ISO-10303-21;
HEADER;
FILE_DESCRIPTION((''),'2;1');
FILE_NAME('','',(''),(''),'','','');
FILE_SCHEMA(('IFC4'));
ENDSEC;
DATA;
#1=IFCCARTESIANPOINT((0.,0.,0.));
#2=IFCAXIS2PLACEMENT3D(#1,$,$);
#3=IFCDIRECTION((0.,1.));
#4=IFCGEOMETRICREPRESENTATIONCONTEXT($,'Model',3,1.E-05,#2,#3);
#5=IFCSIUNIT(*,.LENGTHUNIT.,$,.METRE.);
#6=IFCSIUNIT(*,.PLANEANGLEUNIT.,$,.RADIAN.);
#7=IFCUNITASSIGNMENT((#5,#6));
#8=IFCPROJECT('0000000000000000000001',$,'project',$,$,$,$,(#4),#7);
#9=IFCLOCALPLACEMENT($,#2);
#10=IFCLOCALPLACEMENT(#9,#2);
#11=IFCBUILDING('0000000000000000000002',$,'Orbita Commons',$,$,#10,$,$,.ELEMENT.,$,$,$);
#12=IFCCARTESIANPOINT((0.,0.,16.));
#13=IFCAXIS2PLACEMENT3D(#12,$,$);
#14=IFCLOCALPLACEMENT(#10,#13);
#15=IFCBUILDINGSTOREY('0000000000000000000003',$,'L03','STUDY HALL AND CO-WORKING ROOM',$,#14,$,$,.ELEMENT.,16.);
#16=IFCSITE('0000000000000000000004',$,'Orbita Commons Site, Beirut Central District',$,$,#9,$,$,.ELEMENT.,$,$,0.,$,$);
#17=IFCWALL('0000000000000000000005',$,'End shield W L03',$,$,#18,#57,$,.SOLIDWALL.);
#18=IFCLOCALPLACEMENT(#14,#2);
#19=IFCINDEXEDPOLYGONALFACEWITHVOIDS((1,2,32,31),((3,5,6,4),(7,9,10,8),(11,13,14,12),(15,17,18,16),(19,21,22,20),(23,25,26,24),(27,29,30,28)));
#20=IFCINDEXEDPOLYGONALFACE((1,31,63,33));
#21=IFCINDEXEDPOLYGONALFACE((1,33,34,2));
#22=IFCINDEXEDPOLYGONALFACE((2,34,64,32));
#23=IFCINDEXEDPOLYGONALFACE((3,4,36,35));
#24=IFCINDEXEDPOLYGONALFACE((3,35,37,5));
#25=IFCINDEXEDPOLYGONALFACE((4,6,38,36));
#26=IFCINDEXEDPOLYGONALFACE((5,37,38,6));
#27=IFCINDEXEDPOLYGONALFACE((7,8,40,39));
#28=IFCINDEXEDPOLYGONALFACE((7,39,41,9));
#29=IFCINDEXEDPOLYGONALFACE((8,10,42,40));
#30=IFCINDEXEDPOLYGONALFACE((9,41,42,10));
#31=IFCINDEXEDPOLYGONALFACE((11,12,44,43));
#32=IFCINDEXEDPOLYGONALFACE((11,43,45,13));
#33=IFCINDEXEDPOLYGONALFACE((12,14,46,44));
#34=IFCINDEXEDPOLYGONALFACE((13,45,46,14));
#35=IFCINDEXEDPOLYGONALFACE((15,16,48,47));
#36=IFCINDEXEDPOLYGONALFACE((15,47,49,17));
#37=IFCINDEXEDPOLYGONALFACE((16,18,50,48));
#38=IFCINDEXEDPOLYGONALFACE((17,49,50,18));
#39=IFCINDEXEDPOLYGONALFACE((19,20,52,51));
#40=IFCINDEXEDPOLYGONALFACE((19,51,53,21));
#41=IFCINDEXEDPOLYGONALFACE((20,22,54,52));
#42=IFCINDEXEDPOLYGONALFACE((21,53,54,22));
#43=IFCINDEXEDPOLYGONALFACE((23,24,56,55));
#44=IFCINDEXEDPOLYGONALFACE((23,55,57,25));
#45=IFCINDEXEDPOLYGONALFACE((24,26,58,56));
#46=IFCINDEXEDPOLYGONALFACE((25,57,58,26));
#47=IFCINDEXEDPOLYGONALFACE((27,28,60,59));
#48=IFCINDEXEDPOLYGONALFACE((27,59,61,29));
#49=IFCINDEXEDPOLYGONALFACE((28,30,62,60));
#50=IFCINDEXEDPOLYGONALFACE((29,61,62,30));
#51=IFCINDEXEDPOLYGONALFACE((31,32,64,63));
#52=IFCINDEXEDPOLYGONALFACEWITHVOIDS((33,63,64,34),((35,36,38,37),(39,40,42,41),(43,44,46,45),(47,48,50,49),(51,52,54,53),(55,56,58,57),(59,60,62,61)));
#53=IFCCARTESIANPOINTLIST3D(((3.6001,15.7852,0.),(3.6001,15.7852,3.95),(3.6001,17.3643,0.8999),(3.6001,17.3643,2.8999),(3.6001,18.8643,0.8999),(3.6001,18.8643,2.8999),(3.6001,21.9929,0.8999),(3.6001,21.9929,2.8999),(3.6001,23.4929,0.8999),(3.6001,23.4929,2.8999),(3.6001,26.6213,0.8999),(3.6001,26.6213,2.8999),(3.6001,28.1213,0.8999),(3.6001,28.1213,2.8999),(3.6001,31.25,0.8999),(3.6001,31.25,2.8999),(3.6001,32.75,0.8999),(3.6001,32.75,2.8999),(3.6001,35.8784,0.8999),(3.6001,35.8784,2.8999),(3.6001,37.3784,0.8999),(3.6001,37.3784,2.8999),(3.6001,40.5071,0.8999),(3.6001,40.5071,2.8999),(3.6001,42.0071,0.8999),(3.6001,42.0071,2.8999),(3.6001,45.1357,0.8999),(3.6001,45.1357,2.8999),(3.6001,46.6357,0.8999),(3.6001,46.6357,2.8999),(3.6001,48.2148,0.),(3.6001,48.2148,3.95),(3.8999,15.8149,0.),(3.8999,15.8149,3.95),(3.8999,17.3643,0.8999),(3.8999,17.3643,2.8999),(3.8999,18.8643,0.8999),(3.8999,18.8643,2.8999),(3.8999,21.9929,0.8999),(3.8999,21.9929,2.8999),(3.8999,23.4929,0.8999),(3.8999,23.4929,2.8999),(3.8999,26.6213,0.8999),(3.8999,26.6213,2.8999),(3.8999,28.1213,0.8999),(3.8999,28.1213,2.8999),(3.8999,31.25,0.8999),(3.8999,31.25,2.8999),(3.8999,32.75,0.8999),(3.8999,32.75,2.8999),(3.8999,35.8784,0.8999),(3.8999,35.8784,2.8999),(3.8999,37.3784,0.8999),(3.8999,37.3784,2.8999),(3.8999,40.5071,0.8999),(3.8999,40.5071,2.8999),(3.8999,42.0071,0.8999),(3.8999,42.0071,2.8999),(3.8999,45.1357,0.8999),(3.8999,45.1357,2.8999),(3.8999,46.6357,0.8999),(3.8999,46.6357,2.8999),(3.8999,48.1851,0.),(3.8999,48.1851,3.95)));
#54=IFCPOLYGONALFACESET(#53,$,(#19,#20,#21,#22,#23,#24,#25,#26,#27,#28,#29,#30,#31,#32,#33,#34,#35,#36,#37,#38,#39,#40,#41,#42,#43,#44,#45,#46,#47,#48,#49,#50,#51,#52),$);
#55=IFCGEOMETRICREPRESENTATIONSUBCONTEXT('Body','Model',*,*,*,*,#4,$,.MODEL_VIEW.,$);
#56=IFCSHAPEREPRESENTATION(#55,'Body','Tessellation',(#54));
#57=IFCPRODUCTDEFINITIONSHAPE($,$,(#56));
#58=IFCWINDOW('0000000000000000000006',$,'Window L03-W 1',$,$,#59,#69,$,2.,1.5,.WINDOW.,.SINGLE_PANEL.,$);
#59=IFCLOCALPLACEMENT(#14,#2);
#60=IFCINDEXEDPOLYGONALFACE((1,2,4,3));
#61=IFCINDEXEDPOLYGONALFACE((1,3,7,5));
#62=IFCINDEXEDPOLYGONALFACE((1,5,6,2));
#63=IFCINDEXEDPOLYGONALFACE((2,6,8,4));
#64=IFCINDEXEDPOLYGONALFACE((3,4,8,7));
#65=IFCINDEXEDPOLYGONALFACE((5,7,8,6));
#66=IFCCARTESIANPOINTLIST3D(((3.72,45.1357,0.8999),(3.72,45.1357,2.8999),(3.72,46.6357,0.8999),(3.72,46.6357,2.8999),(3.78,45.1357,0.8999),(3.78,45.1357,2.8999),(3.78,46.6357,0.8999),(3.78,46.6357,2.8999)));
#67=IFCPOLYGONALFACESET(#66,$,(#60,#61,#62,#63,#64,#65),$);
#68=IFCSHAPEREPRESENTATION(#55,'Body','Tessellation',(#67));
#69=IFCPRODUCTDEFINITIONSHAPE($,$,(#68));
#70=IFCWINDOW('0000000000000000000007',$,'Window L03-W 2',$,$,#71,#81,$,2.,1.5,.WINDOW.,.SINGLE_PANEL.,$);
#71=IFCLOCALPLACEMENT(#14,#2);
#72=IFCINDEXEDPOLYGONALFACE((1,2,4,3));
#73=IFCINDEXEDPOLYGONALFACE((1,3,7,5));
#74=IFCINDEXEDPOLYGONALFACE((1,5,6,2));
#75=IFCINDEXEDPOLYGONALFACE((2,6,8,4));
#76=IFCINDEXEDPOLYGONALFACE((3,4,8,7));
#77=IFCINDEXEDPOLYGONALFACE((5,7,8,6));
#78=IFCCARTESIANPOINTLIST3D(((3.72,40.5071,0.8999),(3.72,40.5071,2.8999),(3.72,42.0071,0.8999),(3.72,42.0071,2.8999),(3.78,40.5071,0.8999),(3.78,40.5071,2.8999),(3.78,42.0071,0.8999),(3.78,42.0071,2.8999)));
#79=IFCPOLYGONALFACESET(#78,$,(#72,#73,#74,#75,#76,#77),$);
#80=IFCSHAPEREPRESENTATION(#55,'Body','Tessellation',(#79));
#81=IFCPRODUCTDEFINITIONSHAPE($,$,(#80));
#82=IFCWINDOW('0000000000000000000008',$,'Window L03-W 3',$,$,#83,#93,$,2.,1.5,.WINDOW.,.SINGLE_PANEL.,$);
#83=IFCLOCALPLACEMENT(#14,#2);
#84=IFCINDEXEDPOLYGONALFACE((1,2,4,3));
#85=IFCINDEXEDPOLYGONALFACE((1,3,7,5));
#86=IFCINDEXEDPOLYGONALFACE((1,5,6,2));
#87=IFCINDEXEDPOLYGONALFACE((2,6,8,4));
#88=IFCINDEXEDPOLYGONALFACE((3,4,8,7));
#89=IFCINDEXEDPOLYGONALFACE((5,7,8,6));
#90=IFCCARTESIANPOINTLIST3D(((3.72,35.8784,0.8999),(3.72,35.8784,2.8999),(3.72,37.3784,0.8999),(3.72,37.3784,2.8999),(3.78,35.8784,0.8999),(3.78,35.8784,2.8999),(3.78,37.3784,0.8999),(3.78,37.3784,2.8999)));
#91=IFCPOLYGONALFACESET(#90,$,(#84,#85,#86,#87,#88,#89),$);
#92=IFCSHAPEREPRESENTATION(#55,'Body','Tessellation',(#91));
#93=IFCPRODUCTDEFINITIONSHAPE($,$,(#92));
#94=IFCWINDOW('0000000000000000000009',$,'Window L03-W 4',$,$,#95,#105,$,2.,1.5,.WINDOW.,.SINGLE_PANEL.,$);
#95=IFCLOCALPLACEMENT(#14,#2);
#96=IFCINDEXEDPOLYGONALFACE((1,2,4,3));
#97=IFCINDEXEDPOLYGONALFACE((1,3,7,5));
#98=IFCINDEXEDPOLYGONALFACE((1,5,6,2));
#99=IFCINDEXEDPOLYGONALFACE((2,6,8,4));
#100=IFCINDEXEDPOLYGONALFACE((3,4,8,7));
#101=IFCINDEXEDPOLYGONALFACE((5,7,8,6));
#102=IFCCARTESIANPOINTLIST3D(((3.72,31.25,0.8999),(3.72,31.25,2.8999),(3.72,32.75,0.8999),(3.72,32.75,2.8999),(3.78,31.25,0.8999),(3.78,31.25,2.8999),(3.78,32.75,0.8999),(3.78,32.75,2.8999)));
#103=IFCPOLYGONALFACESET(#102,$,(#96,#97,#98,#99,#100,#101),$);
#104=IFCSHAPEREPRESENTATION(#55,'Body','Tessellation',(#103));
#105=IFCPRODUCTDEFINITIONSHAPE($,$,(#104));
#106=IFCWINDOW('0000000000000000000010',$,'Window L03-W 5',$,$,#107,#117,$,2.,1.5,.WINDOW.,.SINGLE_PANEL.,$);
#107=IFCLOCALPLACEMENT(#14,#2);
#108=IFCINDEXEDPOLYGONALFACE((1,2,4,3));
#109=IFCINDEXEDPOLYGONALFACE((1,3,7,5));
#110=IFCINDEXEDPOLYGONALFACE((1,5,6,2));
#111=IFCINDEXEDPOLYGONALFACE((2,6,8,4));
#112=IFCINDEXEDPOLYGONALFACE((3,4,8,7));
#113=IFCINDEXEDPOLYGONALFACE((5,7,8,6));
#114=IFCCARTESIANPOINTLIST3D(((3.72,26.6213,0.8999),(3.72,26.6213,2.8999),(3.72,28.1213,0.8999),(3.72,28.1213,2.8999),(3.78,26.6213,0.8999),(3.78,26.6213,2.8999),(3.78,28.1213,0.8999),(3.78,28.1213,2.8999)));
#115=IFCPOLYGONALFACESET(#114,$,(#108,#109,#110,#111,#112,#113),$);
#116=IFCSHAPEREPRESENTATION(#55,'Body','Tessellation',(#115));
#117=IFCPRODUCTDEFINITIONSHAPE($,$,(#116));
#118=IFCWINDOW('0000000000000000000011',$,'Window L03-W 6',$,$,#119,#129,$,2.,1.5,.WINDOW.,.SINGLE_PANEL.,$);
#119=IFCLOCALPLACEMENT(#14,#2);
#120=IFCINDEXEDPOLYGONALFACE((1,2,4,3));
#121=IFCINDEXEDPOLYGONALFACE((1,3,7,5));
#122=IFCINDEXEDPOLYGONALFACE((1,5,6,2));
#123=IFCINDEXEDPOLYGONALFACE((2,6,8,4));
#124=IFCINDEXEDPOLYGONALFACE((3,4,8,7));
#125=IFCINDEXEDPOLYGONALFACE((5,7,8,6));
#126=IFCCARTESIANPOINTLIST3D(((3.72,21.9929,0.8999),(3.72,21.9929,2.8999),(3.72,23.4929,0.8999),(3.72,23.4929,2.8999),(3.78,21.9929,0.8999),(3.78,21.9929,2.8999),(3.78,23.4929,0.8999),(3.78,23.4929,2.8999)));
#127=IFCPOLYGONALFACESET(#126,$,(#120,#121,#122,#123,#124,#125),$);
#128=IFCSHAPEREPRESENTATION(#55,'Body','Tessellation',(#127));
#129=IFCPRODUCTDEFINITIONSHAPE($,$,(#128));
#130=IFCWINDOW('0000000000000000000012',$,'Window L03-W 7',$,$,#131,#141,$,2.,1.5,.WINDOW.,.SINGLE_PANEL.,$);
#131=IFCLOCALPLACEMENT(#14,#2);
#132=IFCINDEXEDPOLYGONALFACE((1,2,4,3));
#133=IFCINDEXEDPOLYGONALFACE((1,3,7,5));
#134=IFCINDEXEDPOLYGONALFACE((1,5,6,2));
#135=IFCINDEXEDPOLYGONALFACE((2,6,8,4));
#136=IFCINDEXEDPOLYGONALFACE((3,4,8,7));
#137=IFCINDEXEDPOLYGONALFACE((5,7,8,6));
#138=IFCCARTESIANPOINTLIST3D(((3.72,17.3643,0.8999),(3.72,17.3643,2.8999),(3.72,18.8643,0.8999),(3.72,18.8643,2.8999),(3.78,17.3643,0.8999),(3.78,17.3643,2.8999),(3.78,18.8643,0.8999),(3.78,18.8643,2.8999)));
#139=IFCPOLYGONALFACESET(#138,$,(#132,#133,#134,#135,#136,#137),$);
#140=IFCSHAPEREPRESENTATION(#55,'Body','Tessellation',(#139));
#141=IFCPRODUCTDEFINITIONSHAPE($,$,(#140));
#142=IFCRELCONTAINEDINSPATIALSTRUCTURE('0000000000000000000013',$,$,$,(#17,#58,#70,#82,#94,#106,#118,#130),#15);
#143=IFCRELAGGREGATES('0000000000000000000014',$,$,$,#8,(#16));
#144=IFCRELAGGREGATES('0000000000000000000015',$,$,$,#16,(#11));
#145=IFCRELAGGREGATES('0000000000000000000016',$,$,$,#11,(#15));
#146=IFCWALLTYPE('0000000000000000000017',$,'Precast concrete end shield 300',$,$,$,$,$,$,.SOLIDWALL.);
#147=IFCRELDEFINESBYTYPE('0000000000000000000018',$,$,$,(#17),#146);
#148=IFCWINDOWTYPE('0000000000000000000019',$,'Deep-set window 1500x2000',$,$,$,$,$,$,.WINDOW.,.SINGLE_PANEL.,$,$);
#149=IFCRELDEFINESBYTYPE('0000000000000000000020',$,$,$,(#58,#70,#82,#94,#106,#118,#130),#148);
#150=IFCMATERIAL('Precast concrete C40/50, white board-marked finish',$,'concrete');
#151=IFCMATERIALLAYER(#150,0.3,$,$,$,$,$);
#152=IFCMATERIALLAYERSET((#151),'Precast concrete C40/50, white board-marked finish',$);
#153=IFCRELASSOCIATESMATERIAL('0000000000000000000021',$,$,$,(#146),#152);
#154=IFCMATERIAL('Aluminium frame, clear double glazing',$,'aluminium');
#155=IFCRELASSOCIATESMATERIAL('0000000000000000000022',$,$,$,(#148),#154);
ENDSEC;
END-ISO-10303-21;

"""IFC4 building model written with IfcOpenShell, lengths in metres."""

from ifc_helpers import new_model, si_unit, direction, frame, frame_2d, origin, place, context, subcontext, project, spatial, polyline, rectangle, outline, extrude, material, layer, layer_set, type_object, element, fill, save


model = new_model("IFC4")

# Units and contexts
model_context = context("Model", 3, precision=1e-05, world=origin(), true_north=direction((0.0, 1.0)))
body_context = subcontext(model_context, "Body", "Model", "MODEL_VIEW")
ifc_project = project(units=[si_unit("LENGTHUNIT", "METRE"), si_unit("PLANEANGLEUNIT", "RADIAN")], contexts=[model_context])

# Site, building, storey
site_placement = place(None, origin())
site = spatial("IfcSite", under=ifc_project, at=site_placement, Name="Orbita Commons Site, Beirut Central District", CompositionType="ELEMENT", RefElevation=0.0)
building_placement = place(site_placement, origin())
building = spatial("IfcBuilding", under=site, at=building_placement, Name="Orbita Commons", CompositionType="ELEMENT")
storey_placement = place(building_placement, frame((0.0, 0.0, 16.0)))
storey = spatial("IfcBuildingStorey", under=building, at=storey_placement, Name="L03", Description="STUDY HALL AND CO-WORKING ROOM", CompositionType="ELEMENT", Elevation=16.0)

# Wall, openings, windows
ifc_material_1 = material(Name="Precast concrete C40/50, white board-marked finish", Category="concrete")
ifc_layer_1 = layer(ifc_material_1, 0.3)
ifc_layer_set_1 = layer_set([ifc_layer_1], Name="Precast concrete C40/50, white board-marked finish")
wall_type_1 = type_object("IfcWallType", Name="Precast concrete end shield 300", PredefinedType="SOLIDWALL", material=ifc_layer_set_1)
wall_1_placement = place(storey_placement, frame((3.75, 48.2, 0.0), z_axis=(0.0, 0.0, 1.0), x_axis=(0.0, -1.0, 0.0)))
wall_1 = element("IfcWall", 1, at=wall_1_placement, inside=storey, type_object=wall_type_1, Name="End shield W L03", PredefinedType="SOLIDWALL", context=body_context, shape_type="SweptSolid", body=[
    extrude(outline(polyline([(-0.0149, -0.1499), (32.4148, -0.1499), (32.385, 0.1499), (0.0149, 0.1499), (-0.0149, -0.1499)])), origin(), (0.0, 0.0, 1.0), 3.95),
])
opening_1_placement = place(wall_1_placement, frame((1.5642, 0.0, 0.8999)))
opening_1 = element("IfcOpeningElement", 2, at=opening_1_placement, cuts=wall_1, PredefinedType="OPENING", context=body_context, shape_type="SweptSolid", body=[
    extrude(rectangle(XDim=1.5, YDim=2.0, at=frame_2d((0.75, 1.0))), frame((0.0, 0.1599, 0.0), z_axis=(0.0, -1.0, 0.0), x_axis=(1.0, 0.0, 0.0)), (0.0, 0.0, 1.0), 0.3201),
])
opening_2_placement = place(wall_1_placement, frame((6.1929, 0.0, 0.8999)))
opening_2 = element("IfcOpeningElement", 3, at=opening_2_placement, cuts=wall_1, PredefinedType="OPENING", context=body_context, shape_type="SweptSolid", body=[
    extrude(rectangle(XDim=1.5, YDim=2.0, at=frame_2d((0.75, 1.0))), frame((0.0, 0.1599, 0.0), z_axis=(0.0, -1.0, 0.0), x_axis=(1.0, 0.0, 0.0)), (0.0, 0.0, 1.0), 0.3201),
])
opening_3_placement = place(wall_1_placement, frame((10.8215, 0.0, 0.8999)))
opening_3 = element("IfcOpeningElement", 4, at=opening_3_placement, cuts=wall_1, PredefinedType="OPENING", context=body_context, shape_type="SweptSolid", body=[
    extrude(rectangle(XDim=1.5, YDim=2.0, at=frame_2d((0.75, 1.0))), frame((0.0, 0.1599, 0.0), z_axis=(0.0, -1.0, 0.0), x_axis=(1.0, 0.0, 0.0)), (0.0, 0.0, 1.0), 0.3201),
])
opening_4_placement = place(wall_1_placement, frame((15.45, 0.0, 0.8999)))
opening_4 = element("IfcOpeningElement", 5, at=opening_4_placement, cuts=wall_1, PredefinedType="OPENING", context=body_context, shape_type="SweptSolid", body=[
    extrude(rectangle(XDim=1.5, YDim=2.0, at=frame_2d((0.75, 1.0))), frame((0.0, 0.1599, 0.0), z_axis=(0.0, -1.0, 0.0), x_axis=(1.0, 0.0, 0.0)), (0.0, 0.0, 1.0), 0.3201),
])
opening_5_placement = place(wall_1_placement, frame((20.0786, 0.0, 0.8999)))
opening_5 = element("IfcOpeningElement", 6, at=opening_5_placement, cuts=wall_1, PredefinedType="OPENING", context=body_context, shape_type="SweptSolid", body=[
    extrude(rectangle(XDim=1.5, YDim=2.0, at=frame_2d((0.75, 1.0))), frame((0.0, 0.1599, 0.0), z_axis=(0.0, -1.0, 0.0), x_axis=(1.0, 0.0, 0.0)), (0.0, 0.0, 1.0), 0.3201),
])
opening_6_placement = place(wall_1_placement, frame((24.707, 0.0, 0.8999)))
opening_6 = element("IfcOpeningElement", 7, at=opening_6_placement, cuts=wall_1, PredefinedType="OPENING", context=body_context, shape_type="SweptSolid", body=[
    extrude(rectangle(XDim=1.5, YDim=2.0, at=frame_2d((0.75, 1.0))), frame((0.0, 0.1599, 0.0), z_axis=(0.0, -1.0, 0.0), x_axis=(1.0, 0.0, 0.0)), (0.0, 0.0, 1.0), 0.3201),
])
opening_7_placement = place(wall_1_placement, frame((29.3357, 0.0, 0.8999)))
opening_7 = element("IfcOpeningElement", 8, at=opening_7_placement, cuts=wall_1, PredefinedType="OPENING", context=body_context, shape_type="SweptSolid", body=[
    extrude(rectangle(XDim=1.5, YDim=2.0, at=frame_2d((0.75, 1.0))), frame((0.0, 0.1599, 0.0), z_axis=(0.0, -1.0, 0.0), x_axis=(1.0, 0.0, 0.0)), (0.0, 0.0, 1.0), 0.3201),
])
ifc_material_2 = material(Name="Aluminium frame, clear double glazing", Category="aluminium")
window_type_1 = type_object("IfcWindowType", Name="Deep-set window 1500x2000", PartitioningType="SINGLE_PANEL", PredefinedType="WINDOW", material=ifc_material_2)
window_1_placement = place(opening_1_placement, origin())
window_1 = element("IfcWindow", 9, at=window_1_placement, inside=storey, type_object=window_type_1, Name="Window L03-W 1", OverallHeight=2.0, OverallWidth=1.5, PartitioningType="SINGLE_PANEL", PredefinedType="WINDOW", context=body_context, shape_type="SweptSolid", body=[
    extrude(rectangle(XDim=1.5, YDim=2.0, at=frame_2d((0.75, 1.0))), frame((0.0, 0.03, 0.0), z_axis=(0.0, -1.0, 0.0), x_axis=(1.0, 0.0, 0.0)), (0.0, 0.0, 1.0), 0.0601),
])
fill(opening_1, window_1)
window_2_placement = place(opening_2_placement, origin())
window_2 = element("IfcWindow", 10, at=window_2_placement, inside=storey, type_object=window_type_1, Name="Window L03-W 2", OverallHeight=2.0, OverallWidth=1.5, PartitioningType="SINGLE_PANEL", PredefinedType="WINDOW", context=body_context, shape_type="SweptSolid", body=[
    extrude(rectangle(XDim=1.5, YDim=2.0, at=frame_2d((0.75, 1.0))), frame((0.0, 0.03, 0.0), z_axis=(0.0, -1.0, 0.0), x_axis=(1.0, 0.0, 0.0)), (0.0, 0.0, 1.0), 0.0601),
])
fill(opening_2, window_2)
window_3_placement = place(opening_3_placement, origin())
window_3 = element("IfcWindow", 11, at=window_3_placement, inside=storey, type_object=window_type_1, Name="Window L03-W 3", OverallHeight=2.0, OverallWidth=1.5, PartitioningType="SINGLE_PANEL", PredefinedType="WINDOW", context=body_context, shape_type="SweptSolid", body=[
    extrude(rectangle(XDim=1.5, YDim=2.0, at=frame_2d((0.75, 1.0))), frame((0.0, 0.03, 0.0), z_axis=(0.0, -1.0, 0.0), x_axis=(1.0, 0.0, 0.0)), (0.0, 0.0, 1.0), 0.0601),
])
fill(opening_3, window_3)
window_4_placement = place(opening_4_placement, origin())
window_4 = element("IfcWindow", 12, at=window_4_placement, inside=storey, type_object=window_type_1, Name="Window L03-W 4", OverallHeight=2.0, OverallWidth=1.5, PartitioningType="SINGLE_PANEL", PredefinedType="WINDOW", context=body_context, shape_type="SweptSolid", body=[
    extrude(rectangle(XDim=1.5, YDim=2.0, at=frame_2d((0.75, 1.0))), frame((0.0, 0.03, 0.0), z_axis=(0.0, -1.0, 0.0), x_axis=(1.0, 0.0, 0.0)), (0.0, 0.0, 1.0), 0.0601),
])
fill(opening_4, window_4)
window_5_placement = place(opening_5_placement, origin())
window_5 = element("IfcWindow", 13, at=window_5_placement, inside=storey, type_object=window_type_1, Name="Window L03-W 5", OverallHeight=2.0, OverallWidth=1.5, PartitioningType="SINGLE_PANEL", PredefinedType="WINDOW", context=body_context, shape_type="SweptSolid", body=[
    extrude(rectangle(XDim=1.5, YDim=2.0, at=frame_2d((0.75, 1.0))), frame((0.0, 0.03, 0.0), z_axis=(0.0, -1.0, 0.0), x_axis=(1.0, 0.0, 0.0)), (0.0, 0.0, 1.0), 0.0601),
])
fill(opening_5, window_5)
window_6_placement = place(opening_6_placement, origin())
window_6 = element("IfcWindow", 14, at=window_6_placement, inside=storey, type_object=window_type_1, Name="Window L03-W 6", OverallHeight=2.0, OverallWidth=1.5, PartitioningType="SINGLE_PANEL", PredefinedType="WINDOW", context=body_context, shape_type="SweptSolid", body=[
    extrude(rectangle(XDim=1.5, YDim=2.0, at=frame_2d((0.75, 1.0))), frame((0.0, 0.03, 0.0), z_axis=(0.0, -1.0, 0.0), x_axis=(1.0, 0.0, 0.0)), (0.0, 0.0, 1.0), 0.0601),
])
fill(opening_6, window_6)
window_7_placement = place(opening_7_placement, origin())
window_7 = element("IfcWindow", 15, at=window_7_placement, inside=storey, type_object=window_type_1, Name="Window L03-W 7", OverallHeight=2.0, OverallWidth=1.5, PartitioningType="SINGLE_PANEL", PredefinedType="WINDOW", context=body_context, shape_type="SweptSolid", body=[
    extrude(rectangle(XDim=1.5, YDim=2.0, at=frame_2d((0.75, 1.0))), frame((0.0, 0.03, 0.0), z_axis=(0.0, -1.0, 0.0), x_axis=(1.0, 0.0, 0.0)), (0.0, 0.0, 1.0), 0.0601),
])
fill(opening_7, window_7)

save(model, "model.ifc")
